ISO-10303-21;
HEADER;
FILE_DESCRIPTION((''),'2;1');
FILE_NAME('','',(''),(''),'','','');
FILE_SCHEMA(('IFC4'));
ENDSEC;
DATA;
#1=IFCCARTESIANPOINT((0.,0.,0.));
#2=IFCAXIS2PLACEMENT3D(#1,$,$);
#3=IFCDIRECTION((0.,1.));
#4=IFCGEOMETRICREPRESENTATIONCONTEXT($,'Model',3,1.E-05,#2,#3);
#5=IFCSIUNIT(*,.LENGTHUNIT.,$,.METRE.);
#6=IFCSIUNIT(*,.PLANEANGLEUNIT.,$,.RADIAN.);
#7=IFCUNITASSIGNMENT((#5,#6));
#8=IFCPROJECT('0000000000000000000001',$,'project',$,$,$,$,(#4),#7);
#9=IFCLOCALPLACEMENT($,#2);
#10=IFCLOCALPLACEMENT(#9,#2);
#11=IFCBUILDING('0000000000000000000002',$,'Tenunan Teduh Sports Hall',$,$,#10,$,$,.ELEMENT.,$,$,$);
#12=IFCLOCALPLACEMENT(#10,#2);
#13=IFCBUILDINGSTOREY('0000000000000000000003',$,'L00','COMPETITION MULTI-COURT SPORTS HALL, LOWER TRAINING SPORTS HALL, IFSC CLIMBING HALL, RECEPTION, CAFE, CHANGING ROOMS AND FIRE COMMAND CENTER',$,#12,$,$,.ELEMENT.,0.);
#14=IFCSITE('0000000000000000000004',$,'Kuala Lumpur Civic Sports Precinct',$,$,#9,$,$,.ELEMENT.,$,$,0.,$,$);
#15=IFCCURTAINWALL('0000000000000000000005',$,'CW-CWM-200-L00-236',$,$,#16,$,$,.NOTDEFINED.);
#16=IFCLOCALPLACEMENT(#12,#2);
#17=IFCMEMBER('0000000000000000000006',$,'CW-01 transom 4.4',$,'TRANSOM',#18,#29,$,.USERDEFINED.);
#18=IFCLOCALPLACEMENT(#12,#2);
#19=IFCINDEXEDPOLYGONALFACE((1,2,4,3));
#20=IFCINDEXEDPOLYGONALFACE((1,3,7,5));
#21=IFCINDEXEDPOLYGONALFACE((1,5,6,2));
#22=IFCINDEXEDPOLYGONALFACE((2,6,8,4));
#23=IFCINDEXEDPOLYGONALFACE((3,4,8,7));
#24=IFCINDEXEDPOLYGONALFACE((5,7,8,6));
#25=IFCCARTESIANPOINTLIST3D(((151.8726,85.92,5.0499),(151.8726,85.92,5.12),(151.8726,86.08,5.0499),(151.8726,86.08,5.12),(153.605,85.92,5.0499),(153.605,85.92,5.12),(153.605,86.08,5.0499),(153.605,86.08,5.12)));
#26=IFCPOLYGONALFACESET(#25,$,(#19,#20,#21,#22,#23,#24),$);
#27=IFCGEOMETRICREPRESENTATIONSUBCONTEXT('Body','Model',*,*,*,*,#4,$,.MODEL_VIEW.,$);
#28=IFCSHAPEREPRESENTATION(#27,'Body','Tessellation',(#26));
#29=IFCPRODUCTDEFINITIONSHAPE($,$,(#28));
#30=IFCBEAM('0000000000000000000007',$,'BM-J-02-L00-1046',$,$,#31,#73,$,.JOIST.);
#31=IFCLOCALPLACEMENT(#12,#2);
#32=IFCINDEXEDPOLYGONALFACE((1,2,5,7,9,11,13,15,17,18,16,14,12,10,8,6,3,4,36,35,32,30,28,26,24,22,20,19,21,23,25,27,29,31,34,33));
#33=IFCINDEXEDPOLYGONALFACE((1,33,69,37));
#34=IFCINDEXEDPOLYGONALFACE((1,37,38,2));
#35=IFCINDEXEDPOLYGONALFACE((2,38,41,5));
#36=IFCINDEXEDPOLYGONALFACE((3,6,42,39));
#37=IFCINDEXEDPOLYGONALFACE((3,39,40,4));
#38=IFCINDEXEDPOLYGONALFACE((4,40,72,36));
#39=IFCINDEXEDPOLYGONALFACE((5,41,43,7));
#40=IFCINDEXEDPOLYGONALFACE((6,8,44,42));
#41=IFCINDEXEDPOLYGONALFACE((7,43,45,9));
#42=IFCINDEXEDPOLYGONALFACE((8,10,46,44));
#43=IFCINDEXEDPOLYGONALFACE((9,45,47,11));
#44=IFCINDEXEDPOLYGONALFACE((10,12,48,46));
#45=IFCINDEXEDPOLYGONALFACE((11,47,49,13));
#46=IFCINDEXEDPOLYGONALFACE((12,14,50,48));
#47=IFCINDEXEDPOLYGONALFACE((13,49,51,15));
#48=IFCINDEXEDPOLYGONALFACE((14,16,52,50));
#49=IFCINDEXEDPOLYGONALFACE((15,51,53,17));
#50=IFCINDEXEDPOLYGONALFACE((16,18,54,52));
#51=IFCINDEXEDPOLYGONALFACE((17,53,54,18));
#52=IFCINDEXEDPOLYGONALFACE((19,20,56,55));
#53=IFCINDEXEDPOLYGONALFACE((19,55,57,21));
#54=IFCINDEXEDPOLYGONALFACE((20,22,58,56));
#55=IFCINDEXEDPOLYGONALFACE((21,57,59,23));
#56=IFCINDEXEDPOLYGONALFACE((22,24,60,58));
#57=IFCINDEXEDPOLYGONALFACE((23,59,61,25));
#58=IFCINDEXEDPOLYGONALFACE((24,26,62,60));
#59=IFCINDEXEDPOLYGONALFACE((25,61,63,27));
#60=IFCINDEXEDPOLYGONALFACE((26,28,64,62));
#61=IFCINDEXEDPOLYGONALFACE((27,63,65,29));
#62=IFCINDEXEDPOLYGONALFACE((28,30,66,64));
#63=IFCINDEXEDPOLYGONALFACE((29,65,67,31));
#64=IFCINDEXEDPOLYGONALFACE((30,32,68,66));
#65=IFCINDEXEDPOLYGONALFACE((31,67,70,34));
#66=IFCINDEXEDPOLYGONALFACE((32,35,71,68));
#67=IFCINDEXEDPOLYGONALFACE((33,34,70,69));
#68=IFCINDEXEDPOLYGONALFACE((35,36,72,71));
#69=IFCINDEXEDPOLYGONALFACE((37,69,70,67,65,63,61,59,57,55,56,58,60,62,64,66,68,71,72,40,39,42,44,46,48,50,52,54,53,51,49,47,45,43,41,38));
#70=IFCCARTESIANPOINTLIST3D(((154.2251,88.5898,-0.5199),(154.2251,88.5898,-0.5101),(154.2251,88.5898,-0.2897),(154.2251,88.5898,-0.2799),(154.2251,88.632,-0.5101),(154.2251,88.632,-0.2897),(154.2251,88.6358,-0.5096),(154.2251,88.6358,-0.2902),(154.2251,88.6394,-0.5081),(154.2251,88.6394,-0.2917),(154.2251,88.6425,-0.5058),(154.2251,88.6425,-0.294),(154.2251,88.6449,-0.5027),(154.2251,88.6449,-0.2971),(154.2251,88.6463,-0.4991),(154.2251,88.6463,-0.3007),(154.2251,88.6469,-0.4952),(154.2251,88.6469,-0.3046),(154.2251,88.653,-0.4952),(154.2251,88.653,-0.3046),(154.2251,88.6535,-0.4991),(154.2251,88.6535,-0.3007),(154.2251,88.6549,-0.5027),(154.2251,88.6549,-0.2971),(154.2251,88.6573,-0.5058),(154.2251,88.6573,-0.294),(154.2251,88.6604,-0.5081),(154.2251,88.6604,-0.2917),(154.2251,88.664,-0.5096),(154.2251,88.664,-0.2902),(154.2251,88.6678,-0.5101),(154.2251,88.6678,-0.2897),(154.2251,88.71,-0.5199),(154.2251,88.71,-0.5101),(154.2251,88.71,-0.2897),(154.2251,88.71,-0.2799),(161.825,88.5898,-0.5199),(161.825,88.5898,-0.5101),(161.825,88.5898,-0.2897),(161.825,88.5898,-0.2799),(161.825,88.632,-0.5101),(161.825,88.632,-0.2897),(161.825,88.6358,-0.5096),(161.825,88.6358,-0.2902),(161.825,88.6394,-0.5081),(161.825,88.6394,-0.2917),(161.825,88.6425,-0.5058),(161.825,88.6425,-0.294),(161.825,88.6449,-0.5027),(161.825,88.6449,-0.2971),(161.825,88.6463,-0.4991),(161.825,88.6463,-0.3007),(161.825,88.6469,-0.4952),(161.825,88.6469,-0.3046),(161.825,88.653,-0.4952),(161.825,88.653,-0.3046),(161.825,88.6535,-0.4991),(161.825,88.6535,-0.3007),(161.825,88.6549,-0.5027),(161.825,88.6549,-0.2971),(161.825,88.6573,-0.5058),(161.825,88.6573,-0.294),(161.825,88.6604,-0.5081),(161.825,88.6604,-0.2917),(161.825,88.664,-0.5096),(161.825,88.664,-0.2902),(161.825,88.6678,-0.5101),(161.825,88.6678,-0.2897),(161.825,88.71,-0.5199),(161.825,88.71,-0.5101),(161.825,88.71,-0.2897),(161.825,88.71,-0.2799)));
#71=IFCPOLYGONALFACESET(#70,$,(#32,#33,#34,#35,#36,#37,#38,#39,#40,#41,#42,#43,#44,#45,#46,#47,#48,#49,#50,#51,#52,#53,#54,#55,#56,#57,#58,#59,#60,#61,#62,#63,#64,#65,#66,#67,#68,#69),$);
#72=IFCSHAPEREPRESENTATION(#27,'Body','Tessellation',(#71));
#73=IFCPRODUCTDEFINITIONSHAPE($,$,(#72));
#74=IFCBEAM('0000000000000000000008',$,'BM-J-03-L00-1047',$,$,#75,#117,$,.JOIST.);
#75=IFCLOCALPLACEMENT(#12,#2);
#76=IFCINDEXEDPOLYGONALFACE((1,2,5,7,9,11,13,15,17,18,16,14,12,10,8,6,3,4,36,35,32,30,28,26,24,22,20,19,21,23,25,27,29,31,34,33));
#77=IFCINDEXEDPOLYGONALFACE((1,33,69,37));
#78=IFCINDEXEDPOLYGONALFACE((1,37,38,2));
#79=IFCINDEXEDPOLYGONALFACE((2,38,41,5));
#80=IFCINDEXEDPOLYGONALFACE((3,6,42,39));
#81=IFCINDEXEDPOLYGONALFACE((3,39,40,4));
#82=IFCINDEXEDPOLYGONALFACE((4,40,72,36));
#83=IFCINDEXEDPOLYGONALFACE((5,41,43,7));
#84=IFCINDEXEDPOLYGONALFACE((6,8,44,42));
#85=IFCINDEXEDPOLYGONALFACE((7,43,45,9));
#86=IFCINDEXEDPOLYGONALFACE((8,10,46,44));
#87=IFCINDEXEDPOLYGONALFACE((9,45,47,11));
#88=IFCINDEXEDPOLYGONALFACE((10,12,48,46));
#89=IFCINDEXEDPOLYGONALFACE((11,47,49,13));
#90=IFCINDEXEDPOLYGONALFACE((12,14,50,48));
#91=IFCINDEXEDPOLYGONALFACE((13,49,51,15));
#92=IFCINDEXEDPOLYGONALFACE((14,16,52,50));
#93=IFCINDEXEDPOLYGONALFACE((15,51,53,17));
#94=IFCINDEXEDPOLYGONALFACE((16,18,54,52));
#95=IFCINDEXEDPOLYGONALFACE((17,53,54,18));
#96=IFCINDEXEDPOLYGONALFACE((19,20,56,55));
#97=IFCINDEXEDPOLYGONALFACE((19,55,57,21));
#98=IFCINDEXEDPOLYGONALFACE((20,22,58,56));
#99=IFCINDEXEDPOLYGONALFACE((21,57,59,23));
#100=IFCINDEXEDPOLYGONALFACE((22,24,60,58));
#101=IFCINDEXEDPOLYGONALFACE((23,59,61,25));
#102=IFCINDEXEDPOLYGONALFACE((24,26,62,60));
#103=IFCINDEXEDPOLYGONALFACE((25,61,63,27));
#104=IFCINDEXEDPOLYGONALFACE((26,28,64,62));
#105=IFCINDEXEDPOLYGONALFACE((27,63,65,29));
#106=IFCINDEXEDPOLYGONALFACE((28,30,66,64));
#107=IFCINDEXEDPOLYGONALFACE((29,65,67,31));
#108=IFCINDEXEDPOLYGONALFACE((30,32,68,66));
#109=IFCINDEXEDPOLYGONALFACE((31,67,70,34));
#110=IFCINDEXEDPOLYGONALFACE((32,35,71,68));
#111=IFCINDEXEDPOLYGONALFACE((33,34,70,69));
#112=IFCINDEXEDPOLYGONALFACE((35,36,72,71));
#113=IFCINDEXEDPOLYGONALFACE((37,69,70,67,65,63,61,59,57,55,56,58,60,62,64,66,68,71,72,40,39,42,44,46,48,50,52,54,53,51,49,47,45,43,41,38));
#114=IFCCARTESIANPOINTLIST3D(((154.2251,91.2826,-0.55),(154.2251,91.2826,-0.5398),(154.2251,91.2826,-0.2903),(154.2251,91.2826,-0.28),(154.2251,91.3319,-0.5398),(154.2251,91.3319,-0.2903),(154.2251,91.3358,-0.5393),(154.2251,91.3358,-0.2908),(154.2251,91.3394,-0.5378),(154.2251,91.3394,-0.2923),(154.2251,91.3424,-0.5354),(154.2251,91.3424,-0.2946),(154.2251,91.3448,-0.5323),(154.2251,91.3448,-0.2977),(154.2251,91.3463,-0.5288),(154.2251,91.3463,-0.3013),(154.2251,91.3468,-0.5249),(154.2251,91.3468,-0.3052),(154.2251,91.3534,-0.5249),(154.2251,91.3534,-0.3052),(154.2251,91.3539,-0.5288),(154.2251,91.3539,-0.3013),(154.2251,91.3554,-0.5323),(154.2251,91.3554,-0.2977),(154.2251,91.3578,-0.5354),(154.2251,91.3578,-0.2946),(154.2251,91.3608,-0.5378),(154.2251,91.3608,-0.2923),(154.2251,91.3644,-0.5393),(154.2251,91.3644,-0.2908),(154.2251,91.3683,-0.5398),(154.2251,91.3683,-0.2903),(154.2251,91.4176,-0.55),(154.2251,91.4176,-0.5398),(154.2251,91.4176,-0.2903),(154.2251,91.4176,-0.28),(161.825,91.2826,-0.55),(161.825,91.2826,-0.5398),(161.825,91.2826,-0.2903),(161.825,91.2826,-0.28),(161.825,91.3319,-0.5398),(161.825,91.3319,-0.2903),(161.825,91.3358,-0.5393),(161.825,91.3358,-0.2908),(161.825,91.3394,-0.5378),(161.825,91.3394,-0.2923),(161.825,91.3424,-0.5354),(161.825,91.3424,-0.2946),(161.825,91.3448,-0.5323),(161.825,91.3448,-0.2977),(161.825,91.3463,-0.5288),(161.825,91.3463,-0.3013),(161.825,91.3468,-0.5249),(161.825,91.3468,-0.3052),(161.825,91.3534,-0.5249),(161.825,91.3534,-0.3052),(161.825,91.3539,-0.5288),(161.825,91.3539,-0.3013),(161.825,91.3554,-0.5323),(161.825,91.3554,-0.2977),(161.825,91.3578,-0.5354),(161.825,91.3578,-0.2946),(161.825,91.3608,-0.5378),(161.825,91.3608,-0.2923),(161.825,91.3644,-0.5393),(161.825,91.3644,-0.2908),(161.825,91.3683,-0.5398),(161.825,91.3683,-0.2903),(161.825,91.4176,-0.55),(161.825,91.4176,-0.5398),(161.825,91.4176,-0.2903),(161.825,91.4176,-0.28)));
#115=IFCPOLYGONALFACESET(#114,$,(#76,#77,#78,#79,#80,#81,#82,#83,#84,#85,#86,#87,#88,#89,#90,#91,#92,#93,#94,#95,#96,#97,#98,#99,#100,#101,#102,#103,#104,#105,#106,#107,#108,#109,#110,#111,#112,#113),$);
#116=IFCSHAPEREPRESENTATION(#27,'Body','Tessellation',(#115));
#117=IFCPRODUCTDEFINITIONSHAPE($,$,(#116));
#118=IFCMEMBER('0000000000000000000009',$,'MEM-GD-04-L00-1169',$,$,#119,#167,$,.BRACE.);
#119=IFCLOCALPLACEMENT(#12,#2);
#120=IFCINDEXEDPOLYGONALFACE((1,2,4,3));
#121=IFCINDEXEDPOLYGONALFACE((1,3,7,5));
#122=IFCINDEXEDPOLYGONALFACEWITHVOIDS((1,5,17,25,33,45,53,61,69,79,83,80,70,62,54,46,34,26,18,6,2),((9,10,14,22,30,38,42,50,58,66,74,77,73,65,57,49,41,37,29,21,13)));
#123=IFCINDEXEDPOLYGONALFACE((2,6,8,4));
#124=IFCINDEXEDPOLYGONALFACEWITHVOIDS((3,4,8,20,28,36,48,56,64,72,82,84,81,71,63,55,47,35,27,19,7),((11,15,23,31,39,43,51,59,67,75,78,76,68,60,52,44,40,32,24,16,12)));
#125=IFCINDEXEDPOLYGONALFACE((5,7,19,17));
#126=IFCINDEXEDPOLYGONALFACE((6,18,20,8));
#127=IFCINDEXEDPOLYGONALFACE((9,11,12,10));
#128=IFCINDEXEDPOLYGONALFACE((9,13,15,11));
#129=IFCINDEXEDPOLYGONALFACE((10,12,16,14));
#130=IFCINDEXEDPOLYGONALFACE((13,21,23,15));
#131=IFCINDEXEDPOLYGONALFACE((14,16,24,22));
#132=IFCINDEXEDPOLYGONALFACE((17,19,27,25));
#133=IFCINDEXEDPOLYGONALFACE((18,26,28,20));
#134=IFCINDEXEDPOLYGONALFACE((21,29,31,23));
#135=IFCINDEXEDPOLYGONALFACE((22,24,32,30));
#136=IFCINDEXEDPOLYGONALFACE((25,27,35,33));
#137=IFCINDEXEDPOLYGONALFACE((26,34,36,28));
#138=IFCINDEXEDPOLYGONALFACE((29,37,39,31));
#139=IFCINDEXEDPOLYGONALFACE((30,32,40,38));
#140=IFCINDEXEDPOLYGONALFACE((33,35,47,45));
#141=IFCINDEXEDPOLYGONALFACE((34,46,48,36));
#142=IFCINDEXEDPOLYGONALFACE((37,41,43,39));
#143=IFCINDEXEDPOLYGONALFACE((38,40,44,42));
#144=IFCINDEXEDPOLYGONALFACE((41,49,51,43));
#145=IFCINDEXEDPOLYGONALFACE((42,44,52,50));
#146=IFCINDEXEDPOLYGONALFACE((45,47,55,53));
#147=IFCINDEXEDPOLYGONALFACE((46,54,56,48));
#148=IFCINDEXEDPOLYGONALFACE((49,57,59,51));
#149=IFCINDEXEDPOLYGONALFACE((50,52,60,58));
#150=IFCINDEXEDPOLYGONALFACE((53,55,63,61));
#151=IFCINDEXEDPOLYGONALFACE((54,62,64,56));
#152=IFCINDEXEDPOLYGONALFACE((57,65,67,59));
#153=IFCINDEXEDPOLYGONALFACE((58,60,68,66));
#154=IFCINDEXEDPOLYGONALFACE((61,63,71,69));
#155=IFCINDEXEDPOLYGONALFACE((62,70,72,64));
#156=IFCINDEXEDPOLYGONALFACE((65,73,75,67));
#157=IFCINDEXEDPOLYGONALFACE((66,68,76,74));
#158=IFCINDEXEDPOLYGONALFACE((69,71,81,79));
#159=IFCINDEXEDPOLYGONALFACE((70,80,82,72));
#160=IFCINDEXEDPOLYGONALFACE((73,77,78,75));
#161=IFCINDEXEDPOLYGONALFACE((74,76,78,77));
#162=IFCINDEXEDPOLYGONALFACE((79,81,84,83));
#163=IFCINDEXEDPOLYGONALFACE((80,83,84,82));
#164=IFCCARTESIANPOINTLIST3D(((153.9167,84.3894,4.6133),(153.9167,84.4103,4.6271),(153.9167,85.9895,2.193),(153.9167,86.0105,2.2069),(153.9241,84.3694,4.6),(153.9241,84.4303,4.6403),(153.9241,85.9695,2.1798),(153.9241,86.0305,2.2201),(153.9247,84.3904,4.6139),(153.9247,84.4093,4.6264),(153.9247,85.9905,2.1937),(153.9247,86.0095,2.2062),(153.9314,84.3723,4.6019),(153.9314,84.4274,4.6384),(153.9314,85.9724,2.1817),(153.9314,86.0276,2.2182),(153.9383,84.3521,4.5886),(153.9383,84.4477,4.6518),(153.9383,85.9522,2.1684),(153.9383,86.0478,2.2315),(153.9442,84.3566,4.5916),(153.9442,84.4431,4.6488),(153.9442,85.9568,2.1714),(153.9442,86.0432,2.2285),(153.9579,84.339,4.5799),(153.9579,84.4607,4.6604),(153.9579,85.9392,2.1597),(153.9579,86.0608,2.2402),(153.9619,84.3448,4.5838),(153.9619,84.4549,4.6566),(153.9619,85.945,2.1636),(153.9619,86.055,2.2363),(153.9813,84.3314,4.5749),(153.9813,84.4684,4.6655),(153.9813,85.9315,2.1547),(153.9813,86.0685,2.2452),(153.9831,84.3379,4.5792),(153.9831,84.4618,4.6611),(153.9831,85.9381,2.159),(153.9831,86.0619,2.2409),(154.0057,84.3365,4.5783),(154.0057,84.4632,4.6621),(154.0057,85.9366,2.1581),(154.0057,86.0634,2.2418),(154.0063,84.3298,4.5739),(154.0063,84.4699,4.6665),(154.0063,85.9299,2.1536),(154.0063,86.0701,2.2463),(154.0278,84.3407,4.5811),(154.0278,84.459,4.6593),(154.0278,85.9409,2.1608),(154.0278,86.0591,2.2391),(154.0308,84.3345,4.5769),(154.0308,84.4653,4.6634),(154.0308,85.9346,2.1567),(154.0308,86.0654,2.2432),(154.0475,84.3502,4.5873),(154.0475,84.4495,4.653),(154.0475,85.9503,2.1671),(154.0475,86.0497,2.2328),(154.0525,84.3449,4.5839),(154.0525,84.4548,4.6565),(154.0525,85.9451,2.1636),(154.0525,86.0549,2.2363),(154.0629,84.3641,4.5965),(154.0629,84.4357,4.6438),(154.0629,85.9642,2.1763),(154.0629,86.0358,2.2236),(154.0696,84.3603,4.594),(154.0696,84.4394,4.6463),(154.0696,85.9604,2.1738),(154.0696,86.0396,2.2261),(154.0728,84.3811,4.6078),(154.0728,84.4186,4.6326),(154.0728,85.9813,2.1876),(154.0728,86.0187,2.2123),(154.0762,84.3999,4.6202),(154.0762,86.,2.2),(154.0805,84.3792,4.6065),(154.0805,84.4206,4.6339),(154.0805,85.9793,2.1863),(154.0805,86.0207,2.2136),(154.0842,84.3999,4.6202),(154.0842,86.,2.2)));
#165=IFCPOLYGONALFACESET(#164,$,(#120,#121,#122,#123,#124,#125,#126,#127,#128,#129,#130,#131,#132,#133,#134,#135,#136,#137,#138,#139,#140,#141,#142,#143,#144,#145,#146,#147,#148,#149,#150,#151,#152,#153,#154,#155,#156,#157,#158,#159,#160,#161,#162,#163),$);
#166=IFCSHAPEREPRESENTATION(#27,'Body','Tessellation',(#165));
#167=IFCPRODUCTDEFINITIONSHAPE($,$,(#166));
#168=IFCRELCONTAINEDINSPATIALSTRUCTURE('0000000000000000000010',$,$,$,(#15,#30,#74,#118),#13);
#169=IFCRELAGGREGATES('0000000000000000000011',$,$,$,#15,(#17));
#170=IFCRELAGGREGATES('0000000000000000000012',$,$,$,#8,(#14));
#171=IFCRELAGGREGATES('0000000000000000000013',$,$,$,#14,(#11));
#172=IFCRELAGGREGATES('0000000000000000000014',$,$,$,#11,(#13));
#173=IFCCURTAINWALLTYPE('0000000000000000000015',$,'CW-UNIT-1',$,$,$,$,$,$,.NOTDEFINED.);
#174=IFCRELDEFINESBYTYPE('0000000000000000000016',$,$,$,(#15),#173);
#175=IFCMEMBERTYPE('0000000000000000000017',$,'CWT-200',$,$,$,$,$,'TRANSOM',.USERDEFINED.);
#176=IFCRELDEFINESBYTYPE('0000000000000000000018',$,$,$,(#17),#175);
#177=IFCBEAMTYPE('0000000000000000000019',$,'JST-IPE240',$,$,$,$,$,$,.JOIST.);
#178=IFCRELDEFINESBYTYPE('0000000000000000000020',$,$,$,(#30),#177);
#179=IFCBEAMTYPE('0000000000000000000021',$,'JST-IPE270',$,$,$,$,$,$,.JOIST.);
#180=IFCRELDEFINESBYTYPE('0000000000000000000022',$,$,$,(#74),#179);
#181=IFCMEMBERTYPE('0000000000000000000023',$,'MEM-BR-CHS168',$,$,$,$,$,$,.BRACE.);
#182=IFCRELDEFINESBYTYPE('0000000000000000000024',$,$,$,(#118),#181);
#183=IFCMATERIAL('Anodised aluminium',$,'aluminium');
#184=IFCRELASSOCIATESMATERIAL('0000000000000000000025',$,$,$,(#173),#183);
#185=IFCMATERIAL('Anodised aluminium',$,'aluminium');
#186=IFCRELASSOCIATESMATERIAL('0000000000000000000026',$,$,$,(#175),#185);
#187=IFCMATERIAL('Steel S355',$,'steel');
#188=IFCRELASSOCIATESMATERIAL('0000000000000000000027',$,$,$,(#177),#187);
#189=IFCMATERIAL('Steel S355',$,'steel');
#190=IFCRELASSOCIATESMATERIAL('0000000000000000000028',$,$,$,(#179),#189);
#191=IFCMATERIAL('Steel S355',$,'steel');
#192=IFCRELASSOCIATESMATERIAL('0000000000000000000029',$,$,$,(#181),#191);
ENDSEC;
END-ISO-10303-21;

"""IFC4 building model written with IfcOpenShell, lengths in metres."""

from ifc_helpers import new_model, si_unit, direction, frame, origin, origin_2d, place, context, subcontext, project, spatial, rectangle, hollow_circle, i_section, extrude, material, material_profile, profile_set, type_object, element, aggregate, save


model = new_model("IFC4")

# Units and contexts
model_context = context("Model", 3, precision=1e-05, world=origin(), true_north=direction((0.0, 1.0)))
body_context = subcontext(model_context, "Body", "Model", "MODEL_VIEW")
ifc_project = project(units=[si_unit("LENGTHUNIT", "METRE"), si_unit("PLANEANGLEUNIT", "RADIAN")], contexts=[model_context])

# Site, building, storey
site_placement = place(None, origin())
site = spatial("IfcSite", under=ifc_project, at=site_placement, Name="Kuala Lumpur Civic Sports Precinct", CompositionType="ELEMENT", RefElevation=0.0)
building_placement = place(site_placement, origin())
building = spatial("IfcBuilding", under=site, at=building_placement, Name="Tenunan Teduh Sports Hall", CompositionType="ELEMENT")
storey_placement = place(building_placement, origin())
storey = spatial("IfcBuildingStorey", under=building, at=storey_placement, Name="L00", Description="COMPETITION MULTI-COURT SPORTS HALL, LOWER TRAINING SPORTS HALL, IFSC CLIMBING HALL, RECEPTION, CAFE, CHANGING ROOMS AND FIRE COMMAND CENTER", CompositionType="ELEMENT", Elevation=0.0)

# Curtain wall, member
ifc_material_1 = material(Name="Anodised aluminium", Category="aluminium")
curtain_wall_type = type_object("IfcCurtainWallType", Name="CW-UNIT-1", PredefinedType="NOTDEFINED", material=ifc_material_1)
curtain_wall_placement = place(storey_placement, origin())
curtain_wall = element("IfcCurtainWall", 1, at=curtain_wall_placement, inside=storey, type_object=curtain_wall_type, Name="CW-CWM-200-L00-236", PredefinedType="NOTDEFINED")
ifc_material_2 = material(Name="Anodised aluminium", Category="aluminium")
ifc_material_profile_1 = material_profile(ifc_material_2, rectangle(XDim=0.0701, YDim=0.1599, at=origin_2d()), Name="CWT 70x160")
ifc_profile_set_1 = profile_set([ifc_material_profile_1], Name="Anodised aluminium")
member_type_1 = type_object("IfcMemberType", Name="CWT-200", ElementType="TRANSOM", PredefinedType="USERDEFINED", material=ifc_profile_set_1)
member_1_placement = place(storey_placement, frame((151.8726, 86.0, 5.085), z_axis=(1.0, 0.0, 0.0), x_axis=(0.0, 0.0, 1.0)))
member_1 = element("IfcMember", 2, at=member_1_placement, type_object=member_type_1, Name="CW-01 transom 4.4", ObjectType="TRANSOM", PredefinedType="USERDEFINED", context=body_context, shape_type="SweptSolid", body=[
    extrude(rectangle(XDim=0.0701, YDim=0.1599, at=origin_2d()), origin(), (0.0, 0.0, 1.0), 1.7324),
])

# Beams
ifc_material_3 = material(Name="Steel S355", Category="steel")
ifc_material_profile_2 = material_profile(ifc_material_3, i_section(OverallWidth=0.1201, OverallDepth=0.24, WebThickness=0.0061, FlangeThickness=0.0098, FilletRadius=0.0149, at=origin_2d()), Name="IPE 240")
ifc_profile_set_2 = profile_set([ifc_material_profile_2], Name="Steel S355")
beam_type_1 = type_object("IfcBeamType", Name="JST-IPE240", PredefinedType="JOIST", material=ifc_profile_set_2)
beam_1_placement = place(storey_placement, frame((154.2251, 88.6499, -0.3999), z_axis=(1.0, 0.0, 0.0), x_axis=(0.0, 1.0, 0.0)))
element("IfcBeam", 3, at=beam_1_placement, inside=storey, type_object=beam_type_1, Name="BM-J-02-L00-1046", PredefinedType="JOIST", context=body_context, shape_type="SweptSolid", body=[
    extrude(i_section(OverallWidth=0.1201, OverallDepth=0.24, WebThickness=0.0061, FlangeThickness=0.0098, FilletRadius=0.0149, at=origin_2d()), origin(), (0.0, 0.0, 1.0), 7.5999),
])
ifc_material_4 = material(Name="Steel S355", Category="steel")
ifc_material_profile_3 = material_profile(ifc_material_4, i_section(OverallWidth=0.135, OverallDepth=0.27, WebThickness=0.0066, FlangeThickness=0.0103, FilletRadius=0.0149, at=origin_2d()), Name="IPE 270")
ifc_profile_set_3 = profile_set([ifc_material_profile_3], Name="Steel S355")
beam_type_2 = type_object("IfcBeamType", Name="JST-IPE270", PredefinedType="JOIST", material=ifc_profile_set_3)
beam_2_placement = place(storey_placement, frame((154.2251, 91.3501, -0.415), z_axis=(1.0, 0.0, 0.0), x_axis=(0.0, 1.0, 0.0)))
element("IfcBeam", 4, at=beam_2_placement, inside=storey, type_object=beam_type_2, Name="BM-J-03-L00-1047", PredefinedType="JOIST", context=body_context, shape_type="SweptSolid", body=[
    extrude(i_section(OverallWidth=0.135, OverallDepth=0.27, WebThickness=0.0066, FlangeThickness=0.0103, FilletRadius=0.0149, at=origin_2d()), origin(), (0.0, 0.0, 1.0), 7.5999),
])

# Member
ifc_material_5 = material(Name="Steel S355", Category="steel")
ifc_material_profile_4 = material_profile(ifc_material_5, hollow_circle(Radius=0.0842, WallThickness=0.0081, at=origin_2d()), Name="CHS 168.3x8.0")
ifc_profile_set_4 = profile_set([ifc_material_profile_4], Name="Steel S355")
member_type_2 = type_object("IfcMemberType", Name="MEM-BR-CHS168", PredefinedType="BRACE", material=ifc_profile_set_4)
member_2_placement = place(storey_placement, frame((154.0, 86.0, 2.2), z_axis=(0.0, -0.551511, 0.834167), x_axis=(1.0, 0.0, 0.0)))
element("IfcMember", 5, at=member_2_placement, inside=storey, type_object=member_type_2, Name="MEM-GD-04-L00-1169", PredefinedType="BRACE", context=body_context, shape_type="SweptSolid", body=[
    extrude(hollow_circle(Radius=0.0842, WallThickness=0.0081, at=origin_2d()), origin(), (0.0, 0.0, 1.0), 2.9014),
])

aggregate(curtain_wall, [member_1])

save(model, "model.ifc")
